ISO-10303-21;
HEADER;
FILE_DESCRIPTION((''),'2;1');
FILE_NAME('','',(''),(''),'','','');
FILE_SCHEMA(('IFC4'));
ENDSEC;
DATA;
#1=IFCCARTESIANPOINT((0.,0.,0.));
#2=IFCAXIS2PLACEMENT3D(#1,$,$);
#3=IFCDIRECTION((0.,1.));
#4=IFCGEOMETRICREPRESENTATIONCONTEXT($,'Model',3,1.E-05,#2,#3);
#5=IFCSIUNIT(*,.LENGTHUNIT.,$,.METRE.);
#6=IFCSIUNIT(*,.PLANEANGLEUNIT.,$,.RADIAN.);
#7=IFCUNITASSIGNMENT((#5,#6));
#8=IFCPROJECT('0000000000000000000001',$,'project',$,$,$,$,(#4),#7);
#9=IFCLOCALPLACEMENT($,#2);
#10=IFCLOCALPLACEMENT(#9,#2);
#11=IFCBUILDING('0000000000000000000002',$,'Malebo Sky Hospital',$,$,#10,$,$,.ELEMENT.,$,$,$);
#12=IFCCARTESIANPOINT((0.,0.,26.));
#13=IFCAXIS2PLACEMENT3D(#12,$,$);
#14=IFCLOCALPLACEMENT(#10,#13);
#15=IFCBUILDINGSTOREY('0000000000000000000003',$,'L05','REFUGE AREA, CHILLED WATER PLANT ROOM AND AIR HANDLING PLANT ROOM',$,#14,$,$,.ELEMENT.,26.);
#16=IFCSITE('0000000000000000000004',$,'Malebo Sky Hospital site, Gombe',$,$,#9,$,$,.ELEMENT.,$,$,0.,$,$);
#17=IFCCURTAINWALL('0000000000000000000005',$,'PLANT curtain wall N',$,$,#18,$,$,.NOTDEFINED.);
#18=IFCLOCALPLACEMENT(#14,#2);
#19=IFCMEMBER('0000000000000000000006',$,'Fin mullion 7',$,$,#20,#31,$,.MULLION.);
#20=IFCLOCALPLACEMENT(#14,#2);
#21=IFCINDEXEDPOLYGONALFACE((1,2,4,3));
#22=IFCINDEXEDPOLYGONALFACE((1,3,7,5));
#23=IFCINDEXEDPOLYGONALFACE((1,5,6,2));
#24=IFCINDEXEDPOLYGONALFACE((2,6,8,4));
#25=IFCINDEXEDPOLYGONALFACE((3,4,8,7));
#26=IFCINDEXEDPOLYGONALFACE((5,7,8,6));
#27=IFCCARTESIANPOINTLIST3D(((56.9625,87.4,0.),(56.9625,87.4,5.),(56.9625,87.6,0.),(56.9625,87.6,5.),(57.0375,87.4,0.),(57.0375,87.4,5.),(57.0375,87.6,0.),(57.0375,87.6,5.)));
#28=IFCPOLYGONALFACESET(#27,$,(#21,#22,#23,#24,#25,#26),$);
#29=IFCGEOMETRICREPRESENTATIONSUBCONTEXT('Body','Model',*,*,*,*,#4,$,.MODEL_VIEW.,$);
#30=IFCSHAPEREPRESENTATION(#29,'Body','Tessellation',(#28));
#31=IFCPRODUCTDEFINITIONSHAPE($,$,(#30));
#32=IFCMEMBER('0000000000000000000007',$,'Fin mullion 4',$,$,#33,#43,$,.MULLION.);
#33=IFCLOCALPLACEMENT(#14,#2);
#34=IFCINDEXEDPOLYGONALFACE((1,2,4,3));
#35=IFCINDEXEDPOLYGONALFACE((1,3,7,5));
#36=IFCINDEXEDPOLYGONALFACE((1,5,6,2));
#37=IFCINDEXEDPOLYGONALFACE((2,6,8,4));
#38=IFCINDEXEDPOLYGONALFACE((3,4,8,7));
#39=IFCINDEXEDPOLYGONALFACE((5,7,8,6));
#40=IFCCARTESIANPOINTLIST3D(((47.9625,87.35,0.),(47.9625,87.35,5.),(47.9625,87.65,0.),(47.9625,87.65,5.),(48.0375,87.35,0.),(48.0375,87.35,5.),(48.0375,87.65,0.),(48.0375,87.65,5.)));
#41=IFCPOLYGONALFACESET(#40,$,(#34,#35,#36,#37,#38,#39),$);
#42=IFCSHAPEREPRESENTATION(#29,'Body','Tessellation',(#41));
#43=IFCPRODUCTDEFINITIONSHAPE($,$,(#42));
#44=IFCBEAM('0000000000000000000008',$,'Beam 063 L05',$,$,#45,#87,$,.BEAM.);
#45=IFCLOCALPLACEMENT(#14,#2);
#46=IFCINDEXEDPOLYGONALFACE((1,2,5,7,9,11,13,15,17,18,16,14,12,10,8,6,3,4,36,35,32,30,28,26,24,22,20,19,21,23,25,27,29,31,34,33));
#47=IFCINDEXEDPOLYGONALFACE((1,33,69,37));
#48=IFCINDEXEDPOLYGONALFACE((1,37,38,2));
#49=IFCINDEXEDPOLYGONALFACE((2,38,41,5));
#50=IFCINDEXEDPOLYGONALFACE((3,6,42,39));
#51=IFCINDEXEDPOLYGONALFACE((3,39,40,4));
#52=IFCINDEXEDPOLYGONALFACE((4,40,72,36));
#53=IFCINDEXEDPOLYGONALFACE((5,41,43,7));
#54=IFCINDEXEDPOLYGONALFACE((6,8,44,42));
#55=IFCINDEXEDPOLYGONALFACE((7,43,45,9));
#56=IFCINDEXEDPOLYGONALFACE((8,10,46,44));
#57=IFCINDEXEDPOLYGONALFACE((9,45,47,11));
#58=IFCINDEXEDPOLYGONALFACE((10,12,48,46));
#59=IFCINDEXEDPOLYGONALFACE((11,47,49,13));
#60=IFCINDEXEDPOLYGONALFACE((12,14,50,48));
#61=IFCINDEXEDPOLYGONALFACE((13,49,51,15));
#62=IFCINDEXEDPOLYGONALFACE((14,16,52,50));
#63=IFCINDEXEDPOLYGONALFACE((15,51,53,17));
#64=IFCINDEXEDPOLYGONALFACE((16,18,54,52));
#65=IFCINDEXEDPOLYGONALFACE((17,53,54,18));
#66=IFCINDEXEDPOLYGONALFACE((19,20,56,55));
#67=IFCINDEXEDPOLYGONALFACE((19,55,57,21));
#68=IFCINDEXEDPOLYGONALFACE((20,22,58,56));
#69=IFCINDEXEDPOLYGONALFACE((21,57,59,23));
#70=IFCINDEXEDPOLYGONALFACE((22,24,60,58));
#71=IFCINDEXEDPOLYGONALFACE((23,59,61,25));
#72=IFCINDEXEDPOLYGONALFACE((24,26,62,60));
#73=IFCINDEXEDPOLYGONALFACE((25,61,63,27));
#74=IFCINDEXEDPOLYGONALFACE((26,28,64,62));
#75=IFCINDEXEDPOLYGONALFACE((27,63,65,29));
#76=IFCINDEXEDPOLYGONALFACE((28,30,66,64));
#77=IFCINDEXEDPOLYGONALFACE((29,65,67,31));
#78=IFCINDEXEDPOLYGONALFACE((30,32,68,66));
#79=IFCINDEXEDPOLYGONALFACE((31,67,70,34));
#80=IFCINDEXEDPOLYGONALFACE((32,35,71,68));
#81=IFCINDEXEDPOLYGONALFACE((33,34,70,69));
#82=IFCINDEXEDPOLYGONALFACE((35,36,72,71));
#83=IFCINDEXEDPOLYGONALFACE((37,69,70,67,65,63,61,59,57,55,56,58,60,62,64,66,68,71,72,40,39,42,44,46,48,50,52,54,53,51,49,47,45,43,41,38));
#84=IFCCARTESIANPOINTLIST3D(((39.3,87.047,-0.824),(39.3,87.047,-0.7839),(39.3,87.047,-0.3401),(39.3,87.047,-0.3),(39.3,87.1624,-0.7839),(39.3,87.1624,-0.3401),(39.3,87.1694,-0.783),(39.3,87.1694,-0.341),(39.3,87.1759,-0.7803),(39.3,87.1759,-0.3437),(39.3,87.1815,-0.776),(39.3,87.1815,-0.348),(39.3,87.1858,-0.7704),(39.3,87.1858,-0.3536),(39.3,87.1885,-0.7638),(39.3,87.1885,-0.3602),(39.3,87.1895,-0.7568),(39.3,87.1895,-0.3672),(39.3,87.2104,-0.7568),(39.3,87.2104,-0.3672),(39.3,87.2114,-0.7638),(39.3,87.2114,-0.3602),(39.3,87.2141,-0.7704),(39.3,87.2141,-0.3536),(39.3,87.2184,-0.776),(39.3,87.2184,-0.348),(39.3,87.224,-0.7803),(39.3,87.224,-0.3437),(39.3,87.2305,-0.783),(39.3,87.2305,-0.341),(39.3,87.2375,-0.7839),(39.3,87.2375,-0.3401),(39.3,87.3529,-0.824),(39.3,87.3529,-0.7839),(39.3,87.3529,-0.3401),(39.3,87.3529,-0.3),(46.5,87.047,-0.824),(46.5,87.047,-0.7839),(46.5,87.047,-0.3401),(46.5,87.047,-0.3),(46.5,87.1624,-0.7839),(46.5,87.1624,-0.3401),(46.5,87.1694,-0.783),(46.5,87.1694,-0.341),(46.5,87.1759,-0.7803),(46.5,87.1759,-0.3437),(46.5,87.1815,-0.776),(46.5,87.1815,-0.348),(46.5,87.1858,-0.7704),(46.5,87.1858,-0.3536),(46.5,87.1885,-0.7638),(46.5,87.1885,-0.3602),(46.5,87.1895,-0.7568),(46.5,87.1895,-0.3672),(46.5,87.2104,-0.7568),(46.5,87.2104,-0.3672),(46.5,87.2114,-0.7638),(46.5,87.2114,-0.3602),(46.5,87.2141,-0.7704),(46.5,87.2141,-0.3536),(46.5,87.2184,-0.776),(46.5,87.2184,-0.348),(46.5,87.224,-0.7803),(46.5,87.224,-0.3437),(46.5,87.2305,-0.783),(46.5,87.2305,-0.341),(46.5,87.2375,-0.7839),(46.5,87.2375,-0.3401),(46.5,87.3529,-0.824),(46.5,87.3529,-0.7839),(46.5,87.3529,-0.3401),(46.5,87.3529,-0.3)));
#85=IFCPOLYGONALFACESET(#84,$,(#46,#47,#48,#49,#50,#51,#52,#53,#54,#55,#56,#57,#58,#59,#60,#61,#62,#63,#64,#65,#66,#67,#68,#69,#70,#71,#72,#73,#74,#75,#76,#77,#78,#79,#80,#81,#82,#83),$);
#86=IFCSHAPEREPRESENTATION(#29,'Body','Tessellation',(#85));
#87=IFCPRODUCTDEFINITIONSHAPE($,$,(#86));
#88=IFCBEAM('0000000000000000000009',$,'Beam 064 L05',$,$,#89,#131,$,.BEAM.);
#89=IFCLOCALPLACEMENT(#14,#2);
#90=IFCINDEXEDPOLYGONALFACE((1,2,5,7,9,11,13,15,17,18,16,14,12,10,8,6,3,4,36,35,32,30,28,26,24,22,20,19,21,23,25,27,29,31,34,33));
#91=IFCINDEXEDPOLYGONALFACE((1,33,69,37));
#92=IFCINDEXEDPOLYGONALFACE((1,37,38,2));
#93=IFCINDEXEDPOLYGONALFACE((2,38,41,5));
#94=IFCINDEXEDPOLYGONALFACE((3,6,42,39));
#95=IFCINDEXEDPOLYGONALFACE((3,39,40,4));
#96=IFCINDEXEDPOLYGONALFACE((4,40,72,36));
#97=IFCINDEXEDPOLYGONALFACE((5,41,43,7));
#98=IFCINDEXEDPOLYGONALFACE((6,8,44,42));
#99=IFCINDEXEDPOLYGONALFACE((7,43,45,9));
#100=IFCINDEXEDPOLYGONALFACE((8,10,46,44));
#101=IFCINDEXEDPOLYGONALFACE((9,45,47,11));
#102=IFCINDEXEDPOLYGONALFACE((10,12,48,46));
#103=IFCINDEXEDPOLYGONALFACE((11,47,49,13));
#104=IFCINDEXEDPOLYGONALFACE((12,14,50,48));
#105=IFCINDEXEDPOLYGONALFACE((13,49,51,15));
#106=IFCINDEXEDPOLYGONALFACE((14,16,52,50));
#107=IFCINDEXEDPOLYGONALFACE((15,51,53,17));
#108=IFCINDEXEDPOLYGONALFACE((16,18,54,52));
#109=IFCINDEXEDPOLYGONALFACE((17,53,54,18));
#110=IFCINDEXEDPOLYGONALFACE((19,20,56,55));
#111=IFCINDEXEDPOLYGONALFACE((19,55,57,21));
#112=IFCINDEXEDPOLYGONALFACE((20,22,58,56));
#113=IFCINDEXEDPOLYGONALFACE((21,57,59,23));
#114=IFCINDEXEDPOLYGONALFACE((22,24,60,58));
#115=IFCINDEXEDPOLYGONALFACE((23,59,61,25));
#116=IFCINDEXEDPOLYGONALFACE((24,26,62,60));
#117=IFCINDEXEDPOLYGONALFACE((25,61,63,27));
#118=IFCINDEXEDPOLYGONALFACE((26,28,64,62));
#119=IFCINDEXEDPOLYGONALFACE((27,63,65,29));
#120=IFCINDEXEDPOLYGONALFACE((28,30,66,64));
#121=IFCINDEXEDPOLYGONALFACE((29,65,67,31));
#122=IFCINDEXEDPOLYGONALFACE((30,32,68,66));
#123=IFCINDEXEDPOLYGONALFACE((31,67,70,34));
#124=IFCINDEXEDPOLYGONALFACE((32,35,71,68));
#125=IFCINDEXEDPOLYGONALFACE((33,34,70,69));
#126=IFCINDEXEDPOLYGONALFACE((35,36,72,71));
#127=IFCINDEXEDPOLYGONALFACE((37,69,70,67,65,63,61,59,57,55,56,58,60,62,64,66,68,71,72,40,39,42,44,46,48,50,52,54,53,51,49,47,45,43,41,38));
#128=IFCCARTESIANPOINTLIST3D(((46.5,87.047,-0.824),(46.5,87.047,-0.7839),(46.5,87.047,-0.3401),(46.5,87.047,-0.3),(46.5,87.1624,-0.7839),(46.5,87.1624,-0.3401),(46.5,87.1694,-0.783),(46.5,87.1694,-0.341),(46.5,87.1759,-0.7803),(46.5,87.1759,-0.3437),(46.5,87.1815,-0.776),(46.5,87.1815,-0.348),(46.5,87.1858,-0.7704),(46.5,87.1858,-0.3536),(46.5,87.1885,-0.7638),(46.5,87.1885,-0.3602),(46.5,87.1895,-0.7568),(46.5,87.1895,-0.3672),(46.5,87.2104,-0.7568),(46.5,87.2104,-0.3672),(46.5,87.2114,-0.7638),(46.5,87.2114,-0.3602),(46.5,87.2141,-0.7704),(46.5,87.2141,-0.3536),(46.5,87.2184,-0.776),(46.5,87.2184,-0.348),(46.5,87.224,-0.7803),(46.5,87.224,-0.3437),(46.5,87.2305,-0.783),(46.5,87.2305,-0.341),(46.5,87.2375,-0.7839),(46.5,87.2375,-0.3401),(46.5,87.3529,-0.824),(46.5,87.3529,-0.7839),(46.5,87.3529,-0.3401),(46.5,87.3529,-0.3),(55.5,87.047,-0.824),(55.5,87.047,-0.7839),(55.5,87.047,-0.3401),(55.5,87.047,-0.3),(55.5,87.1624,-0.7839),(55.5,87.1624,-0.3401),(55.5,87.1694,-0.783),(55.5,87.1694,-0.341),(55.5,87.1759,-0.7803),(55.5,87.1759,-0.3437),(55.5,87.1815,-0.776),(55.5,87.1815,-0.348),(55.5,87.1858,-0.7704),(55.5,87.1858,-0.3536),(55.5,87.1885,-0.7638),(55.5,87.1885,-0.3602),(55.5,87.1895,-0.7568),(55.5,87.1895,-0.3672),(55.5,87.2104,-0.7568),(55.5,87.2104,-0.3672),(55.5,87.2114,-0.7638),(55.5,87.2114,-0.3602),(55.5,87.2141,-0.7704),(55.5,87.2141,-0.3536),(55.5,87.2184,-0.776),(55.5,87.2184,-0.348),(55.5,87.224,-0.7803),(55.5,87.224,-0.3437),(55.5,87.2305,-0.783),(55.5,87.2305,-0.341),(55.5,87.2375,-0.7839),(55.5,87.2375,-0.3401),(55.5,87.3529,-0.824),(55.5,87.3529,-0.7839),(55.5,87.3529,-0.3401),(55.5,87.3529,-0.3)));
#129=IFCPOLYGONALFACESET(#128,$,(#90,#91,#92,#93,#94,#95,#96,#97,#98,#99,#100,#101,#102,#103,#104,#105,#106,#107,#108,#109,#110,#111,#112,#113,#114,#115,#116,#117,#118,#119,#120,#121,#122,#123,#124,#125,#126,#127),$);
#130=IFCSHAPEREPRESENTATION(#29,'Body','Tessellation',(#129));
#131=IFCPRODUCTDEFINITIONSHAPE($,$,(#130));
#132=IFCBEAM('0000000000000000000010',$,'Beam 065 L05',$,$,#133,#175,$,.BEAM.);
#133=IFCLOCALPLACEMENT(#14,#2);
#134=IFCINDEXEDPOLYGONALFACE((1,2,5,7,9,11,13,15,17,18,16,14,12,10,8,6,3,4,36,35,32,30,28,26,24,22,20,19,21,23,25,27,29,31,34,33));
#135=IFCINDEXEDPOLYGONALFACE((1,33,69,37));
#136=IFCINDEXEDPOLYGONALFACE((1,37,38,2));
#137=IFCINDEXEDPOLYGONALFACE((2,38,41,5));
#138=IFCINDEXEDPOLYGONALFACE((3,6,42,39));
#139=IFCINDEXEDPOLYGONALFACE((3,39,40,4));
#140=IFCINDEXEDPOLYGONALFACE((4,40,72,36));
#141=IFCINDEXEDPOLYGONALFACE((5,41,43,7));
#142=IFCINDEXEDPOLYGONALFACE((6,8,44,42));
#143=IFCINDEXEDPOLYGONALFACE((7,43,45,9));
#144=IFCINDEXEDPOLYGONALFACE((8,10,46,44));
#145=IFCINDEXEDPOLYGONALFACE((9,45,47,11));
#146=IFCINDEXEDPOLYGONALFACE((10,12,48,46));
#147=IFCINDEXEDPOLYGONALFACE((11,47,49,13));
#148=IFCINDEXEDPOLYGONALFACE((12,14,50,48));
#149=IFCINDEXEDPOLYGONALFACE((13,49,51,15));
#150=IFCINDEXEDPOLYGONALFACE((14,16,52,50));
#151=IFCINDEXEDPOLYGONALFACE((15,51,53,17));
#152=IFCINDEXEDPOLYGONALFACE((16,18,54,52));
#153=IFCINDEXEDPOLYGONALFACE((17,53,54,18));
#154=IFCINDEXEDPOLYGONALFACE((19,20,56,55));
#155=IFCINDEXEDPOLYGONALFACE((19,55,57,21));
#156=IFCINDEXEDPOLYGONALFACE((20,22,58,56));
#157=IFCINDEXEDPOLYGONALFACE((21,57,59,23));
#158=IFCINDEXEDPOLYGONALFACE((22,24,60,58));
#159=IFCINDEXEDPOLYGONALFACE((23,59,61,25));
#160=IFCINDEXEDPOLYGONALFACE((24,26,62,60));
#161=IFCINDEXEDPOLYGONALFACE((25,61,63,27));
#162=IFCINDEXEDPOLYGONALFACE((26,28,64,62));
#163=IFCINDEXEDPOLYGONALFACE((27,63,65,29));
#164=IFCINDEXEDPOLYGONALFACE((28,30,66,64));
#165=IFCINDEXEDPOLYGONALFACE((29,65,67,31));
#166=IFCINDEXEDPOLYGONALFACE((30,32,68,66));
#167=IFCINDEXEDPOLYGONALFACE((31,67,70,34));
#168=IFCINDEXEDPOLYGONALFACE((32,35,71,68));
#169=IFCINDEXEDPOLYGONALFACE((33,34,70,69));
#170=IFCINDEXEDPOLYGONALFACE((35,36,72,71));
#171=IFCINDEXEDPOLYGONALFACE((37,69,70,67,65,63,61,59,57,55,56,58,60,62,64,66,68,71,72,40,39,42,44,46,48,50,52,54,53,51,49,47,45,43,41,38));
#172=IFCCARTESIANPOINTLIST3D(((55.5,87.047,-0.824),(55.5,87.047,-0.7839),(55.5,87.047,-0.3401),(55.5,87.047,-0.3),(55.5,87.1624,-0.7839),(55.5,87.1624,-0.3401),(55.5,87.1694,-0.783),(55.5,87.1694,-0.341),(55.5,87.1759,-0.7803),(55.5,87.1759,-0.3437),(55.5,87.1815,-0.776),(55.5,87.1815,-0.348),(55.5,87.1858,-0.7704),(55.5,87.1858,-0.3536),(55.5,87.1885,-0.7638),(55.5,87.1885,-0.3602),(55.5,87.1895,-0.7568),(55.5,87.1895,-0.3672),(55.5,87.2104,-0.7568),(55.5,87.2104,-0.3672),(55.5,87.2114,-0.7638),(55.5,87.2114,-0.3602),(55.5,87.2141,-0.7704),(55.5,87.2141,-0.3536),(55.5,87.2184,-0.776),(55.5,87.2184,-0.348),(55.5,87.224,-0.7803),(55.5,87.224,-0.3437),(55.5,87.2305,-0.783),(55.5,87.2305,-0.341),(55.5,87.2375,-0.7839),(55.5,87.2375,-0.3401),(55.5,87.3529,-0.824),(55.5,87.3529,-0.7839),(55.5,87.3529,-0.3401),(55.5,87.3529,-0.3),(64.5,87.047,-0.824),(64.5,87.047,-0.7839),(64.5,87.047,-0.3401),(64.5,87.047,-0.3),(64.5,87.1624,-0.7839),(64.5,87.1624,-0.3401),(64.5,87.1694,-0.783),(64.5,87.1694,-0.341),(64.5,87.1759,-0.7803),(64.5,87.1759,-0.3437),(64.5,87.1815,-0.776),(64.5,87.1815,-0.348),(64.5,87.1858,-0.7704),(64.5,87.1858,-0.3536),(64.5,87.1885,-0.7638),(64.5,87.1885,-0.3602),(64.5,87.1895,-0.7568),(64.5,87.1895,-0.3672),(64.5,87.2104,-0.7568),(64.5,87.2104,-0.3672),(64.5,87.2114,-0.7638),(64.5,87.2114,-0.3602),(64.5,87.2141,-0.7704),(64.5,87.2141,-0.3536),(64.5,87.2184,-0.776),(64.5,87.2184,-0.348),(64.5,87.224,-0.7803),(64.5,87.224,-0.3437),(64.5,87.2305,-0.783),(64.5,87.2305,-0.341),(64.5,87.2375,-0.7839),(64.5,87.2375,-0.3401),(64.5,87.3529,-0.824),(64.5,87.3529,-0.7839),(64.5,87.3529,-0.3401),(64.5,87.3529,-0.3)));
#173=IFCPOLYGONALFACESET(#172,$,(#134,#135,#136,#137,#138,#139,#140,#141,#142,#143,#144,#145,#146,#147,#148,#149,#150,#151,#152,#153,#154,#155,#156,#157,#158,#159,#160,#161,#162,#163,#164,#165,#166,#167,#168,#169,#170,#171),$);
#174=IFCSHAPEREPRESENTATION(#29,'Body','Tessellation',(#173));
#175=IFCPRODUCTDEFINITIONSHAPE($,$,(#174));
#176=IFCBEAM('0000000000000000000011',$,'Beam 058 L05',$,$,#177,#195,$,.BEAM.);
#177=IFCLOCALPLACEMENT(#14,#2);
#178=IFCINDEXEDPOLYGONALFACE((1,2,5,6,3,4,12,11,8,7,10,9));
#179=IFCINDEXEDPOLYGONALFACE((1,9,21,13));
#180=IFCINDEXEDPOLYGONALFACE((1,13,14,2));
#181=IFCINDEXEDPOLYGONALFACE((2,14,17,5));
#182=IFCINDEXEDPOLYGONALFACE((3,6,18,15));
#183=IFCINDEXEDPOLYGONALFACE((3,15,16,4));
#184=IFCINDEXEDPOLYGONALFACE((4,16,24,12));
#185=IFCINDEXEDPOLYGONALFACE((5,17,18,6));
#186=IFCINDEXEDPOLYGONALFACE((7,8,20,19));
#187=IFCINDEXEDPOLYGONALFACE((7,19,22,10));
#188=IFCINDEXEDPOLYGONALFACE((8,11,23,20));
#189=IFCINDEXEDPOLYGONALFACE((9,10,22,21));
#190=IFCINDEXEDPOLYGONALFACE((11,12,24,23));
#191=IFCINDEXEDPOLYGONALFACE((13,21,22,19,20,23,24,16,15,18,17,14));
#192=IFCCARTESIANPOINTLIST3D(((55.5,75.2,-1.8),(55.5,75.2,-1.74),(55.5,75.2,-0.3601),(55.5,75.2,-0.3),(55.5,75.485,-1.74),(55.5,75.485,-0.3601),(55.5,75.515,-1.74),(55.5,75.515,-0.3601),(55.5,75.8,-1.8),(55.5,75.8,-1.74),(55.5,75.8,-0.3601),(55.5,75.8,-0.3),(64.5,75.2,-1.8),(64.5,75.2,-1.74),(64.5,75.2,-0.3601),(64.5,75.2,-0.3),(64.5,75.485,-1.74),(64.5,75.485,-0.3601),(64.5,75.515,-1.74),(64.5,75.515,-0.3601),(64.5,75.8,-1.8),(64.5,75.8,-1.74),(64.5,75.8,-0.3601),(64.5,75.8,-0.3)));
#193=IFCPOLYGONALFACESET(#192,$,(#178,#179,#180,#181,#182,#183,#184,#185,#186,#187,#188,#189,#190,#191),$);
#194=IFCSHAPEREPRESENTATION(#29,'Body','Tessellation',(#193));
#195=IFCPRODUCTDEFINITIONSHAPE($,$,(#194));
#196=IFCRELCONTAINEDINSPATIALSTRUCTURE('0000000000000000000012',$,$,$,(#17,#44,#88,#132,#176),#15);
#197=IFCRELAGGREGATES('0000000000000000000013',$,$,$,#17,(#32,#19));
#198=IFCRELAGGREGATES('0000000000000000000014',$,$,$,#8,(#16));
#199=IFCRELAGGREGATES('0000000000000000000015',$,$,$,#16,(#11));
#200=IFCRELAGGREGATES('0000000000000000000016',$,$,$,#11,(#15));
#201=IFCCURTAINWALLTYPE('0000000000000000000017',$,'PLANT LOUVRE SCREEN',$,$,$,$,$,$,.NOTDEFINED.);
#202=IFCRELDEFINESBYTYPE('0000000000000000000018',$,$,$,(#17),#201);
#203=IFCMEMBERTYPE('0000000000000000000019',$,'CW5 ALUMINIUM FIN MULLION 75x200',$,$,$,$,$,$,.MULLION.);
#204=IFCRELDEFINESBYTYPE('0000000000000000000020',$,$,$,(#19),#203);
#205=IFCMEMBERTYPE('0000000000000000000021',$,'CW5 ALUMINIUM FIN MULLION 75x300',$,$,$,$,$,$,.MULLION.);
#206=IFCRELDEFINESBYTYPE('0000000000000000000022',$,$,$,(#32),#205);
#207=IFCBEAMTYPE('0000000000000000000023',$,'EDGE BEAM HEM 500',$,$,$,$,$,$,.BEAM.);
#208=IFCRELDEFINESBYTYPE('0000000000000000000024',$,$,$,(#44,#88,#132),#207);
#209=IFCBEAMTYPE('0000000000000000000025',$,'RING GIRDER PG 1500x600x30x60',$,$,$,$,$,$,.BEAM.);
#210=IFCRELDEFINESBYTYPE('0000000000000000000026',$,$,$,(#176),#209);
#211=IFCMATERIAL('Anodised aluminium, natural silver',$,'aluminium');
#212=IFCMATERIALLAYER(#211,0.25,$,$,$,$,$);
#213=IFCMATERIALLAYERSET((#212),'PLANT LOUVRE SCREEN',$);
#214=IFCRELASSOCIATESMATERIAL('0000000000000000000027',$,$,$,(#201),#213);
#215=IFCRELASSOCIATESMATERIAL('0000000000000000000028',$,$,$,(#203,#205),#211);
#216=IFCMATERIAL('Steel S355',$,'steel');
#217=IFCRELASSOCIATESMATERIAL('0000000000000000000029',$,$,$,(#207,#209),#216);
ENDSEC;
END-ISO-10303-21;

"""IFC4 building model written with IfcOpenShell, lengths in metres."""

from ifc_helpers import new_model, si_unit, direction, frame, origin, origin_2d, place, context, subcontext, project, spatial, rectangle, i_section, extrude, material, layer, layer_set, material_profile, profile_set, type_object, element, aggregate, save


model = new_model("IFC4")

# Units and contexts
model_context = context("Model", 3, precision=1e-05, world=origin(), true_north=direction((0.0, 1.0)))
body_context = subcontext(model_context, "Body", "Model", "MODEL_VIEW")
ifc_project = project(units=[si_unit("LENGTHUNIT", "METRE"), si_unit("PLANEANGLEUNIT", "RADIAN")], contexts=[model_context])

# Site, building, storey
site_placement = place(None, origin())
site = spatial("IfcSite", under=ifc_project, at=site_placement, Name="Malebo Sky Hospital site, Gombe", CompositionType="ELEMENT", RefElevation=0.0)
building_placement = place(site_placement, origin())
building = spatial("IfcBuilding", under=site, at=building_placement, Name="Malebo Sky Hospital", CompositionType="ELEMENT")
storey_placement = place(building_placement, frame((0.0, 0.0, 26.0)))
storey = spatial("IfcBuildingStorey", under=building, at=storey_placement, Name="L05", Description="REFUGE AREA, CHILLED WATER PLANT ROOM AND AIR HANDLING PLANT ROOM", CompositionType="ELEMENT", Elevation=26.0)

# Curtain wall, members
ifc_material_1 = material(Name="Anodised aluminium, natural silver", Category="aluminium")
ifc_layer_1 = layer(ifc_material_1, 0.25)
ifc_layer_set_1 = layer_set([ifc_layer_1], Name="PLANT LOUVRE SCREEN")
curtain_wall_type = type_object("IfcCurtainWallType", Name="PLANT LOUVRE SCREEN", PredefinedType="NOTDEFINED", material=ifc_layer_set_1)
curtain_wall_placement = place(storey_placement, origin())
curtain_wall = element("IfcCurtainWall", 1, at=curtain_wall_placement, inside=storey, type_object=curtain_wall_type, Name="PLANT curtain wall N", PredefinedType="NOTDEFINED")
ifc_material_profile_1 = material_profile(ifc_material_1, rectangle(XDim=0.075, YDim=0.2, at=origin_2d()), Name="CW5 ALUMINIUM FIN MULLION 75x200")
ifc_profile_set_1 = profile_set([ifc_material_profile_1], Name="Anodised aluminium, natural silver")
member_type_1 = type_object("IfcMemberType", Name="CW5 ALUMINIUM FIN MULLION 75x200", PredefinedType="MULLION", material=ifc_profile_set_1)
member_1_placement = place(storey_placement, frame((57.0, 87.5, 0.0), z_axis=(0.0, 0.0, 1.0), x_axis=(1.0, 0.0, 0.0)))
member_1 = element("IfcMember", 2, at=member_1_placement, type_object=member_type_1, Name="Fin mullion 7", PredefinedType="MULLION", context=body_context, shape_type="SweptSolid", body=[
    extrude(rectangle(XDim=0.075, YDim=0.2, at=origin_2d()), origin(), (0.0, 0.0, 1.0), 5.0),
])
ifc_material_profile_2 = material_profile(ifc_material_1, rectangle(XDim=0.075, YDim=0.3, at=origin_2d()), Name="CW5 ALUMINIUM FIN MULLION 75x300")
ifc_profile_set_2 = profile_set([ifc_material_profile_2], Name="Anodised aluminium, natural silver")
member_type_2 = type_object("IfcMemberType", Name="CW5 ALUMINIUM FIN MULLION 75x300", PredefinedType="MULLION", material=ifc_profile_set_2)
member_2_placement = place(storey_placement, frame((48.0, 87.5, 0.0), z_axis=(0.0, 0.0, 1.0), x_axis=(1.0, 0.0, 0.0)))
member_2 = element("IfcMember", 3, at=member_2_placement, type_object=member_type_2, Name="Fin mullion 4", PredefinedType="MULLION", context=body_context, shape_type="SweptSolid", body=[
    extrude(rectangle(XDim=0.075, YDim=0.3, at=origin_2d()), origin(), (0.0, 0.0, 1.0), 5.0),
])

# Beams
ifc_material_2 = material(Name="Steel S355", Category="steel")
ifc_material_profile_3 = material_profile(ifc_material_2, i_section(OverallWidth=0.3059, OverallDepth=0.5239, WebThickness=0.021, FlangeThickness=0.04, FilletRadius=0.0271, at=origin_2d()), Name="HEM 500")
ifc_profile_set_3 = profile_set([ifc_material_profile_3], Name="Steel S355")
beam_type_1 = type_object("IfcBeamType", Name="EDGE BEAM HEM 500", PredefinedType="BEAM", material=ifc_profile_set_3)
beam_1_placement = place(storey_placement, frame((39.3, 87.2, -0.562), z_axis=(1.0, 0.0, 0.0), x_axis=(0.0, 1.0, 0.0)))
element("IfcBeam", 4, at=beam_1_placement, inside=storey, type_object=beam_type_1, Name="Beam 063 L05", PredefinedType="BEAM", context=body_context, shape_type="SweptSolid", body=[
    extrude(i_section(OverallWidth=0.3059, OverallDepth=0.5239, WebThickness=0.021, FlangeThickness=0.04, FilletRadius=0.0271, at=origin_2d()), origin(), (0.0, 0.0, 1.0), 7.2),
])
for number, where, z_axis, x_axis, name in (
    (5, (46.5, 87.2, -0.562), (1.0, 0.0, 0.0), (0.0, 1.0, 0.0), "Beam 064 L05"),
    (6, (55.5, 87.2, -0.562), (1.0, 0.0, 0.0), (0.0, 1.0, 0.0), "Beam 065 L05"),
):
    element("IfcBeam", number, at=place(storey_placement, frame(where, z_axis=z_axis, x_axis=x_axis)), inside=storey, type_object=beam_type_1, Name=name, PredefinedType="BEAM", context=body_context, shape_type="SweptSolid", body=[
        extrude(i_section(OverallWidth=0.3059, OverallDepth=0.5239, WebThickness=0.021, FlangeThickness=0.04, FilletRadius=0.0271, at=origin_2d()), origin(), (0.0, 0.0, 1.0), 9.0),
    ])
ifc_material_profile_4 = material_profile(ifc_material_2, i_section(OverallWidth=0.6001, OverallDepth=1.5, WebThickness=0.03, FlangeThickness=0.0601, at=origin_2d()), Name="PG 1500x600x30x60")
ifc_profile_set_4 = profile_set([ifc_material_profile_4], Name="Steel S355")
beam_type_2 = type_object("IfcBeamType", Name="RING GIRDER PG 1500x600x30x60", PredefinedType="BEAM", material=ifc_profile_set_4)
beam_2_placement = place(storey_placement, frame((55.5, 75.5, -1.05), z_axis=(1.0, 0.0, 0.0), x_axis=(0.0, 1.0, 0.0)))
element("IfcBeam", 7, at=beam_2_placement, inside=storey, type_object=beam_type_2, Name="Beam 058 L05", PredefinedType="BEAM", context=body_context, shape_type="SweptSolid", body=[
    extrude(i_section(OverallWidth=0.6001, OverallDepth=1.5, WebThickness=0.03, FlangeThickness=0.0601, at=origin_2d()), origin(), (0.0, 0.0, 1.0), 9.0),
])

aggregate(curtain_wall, [member_2, member_1])

save(model, "model.ifc")
